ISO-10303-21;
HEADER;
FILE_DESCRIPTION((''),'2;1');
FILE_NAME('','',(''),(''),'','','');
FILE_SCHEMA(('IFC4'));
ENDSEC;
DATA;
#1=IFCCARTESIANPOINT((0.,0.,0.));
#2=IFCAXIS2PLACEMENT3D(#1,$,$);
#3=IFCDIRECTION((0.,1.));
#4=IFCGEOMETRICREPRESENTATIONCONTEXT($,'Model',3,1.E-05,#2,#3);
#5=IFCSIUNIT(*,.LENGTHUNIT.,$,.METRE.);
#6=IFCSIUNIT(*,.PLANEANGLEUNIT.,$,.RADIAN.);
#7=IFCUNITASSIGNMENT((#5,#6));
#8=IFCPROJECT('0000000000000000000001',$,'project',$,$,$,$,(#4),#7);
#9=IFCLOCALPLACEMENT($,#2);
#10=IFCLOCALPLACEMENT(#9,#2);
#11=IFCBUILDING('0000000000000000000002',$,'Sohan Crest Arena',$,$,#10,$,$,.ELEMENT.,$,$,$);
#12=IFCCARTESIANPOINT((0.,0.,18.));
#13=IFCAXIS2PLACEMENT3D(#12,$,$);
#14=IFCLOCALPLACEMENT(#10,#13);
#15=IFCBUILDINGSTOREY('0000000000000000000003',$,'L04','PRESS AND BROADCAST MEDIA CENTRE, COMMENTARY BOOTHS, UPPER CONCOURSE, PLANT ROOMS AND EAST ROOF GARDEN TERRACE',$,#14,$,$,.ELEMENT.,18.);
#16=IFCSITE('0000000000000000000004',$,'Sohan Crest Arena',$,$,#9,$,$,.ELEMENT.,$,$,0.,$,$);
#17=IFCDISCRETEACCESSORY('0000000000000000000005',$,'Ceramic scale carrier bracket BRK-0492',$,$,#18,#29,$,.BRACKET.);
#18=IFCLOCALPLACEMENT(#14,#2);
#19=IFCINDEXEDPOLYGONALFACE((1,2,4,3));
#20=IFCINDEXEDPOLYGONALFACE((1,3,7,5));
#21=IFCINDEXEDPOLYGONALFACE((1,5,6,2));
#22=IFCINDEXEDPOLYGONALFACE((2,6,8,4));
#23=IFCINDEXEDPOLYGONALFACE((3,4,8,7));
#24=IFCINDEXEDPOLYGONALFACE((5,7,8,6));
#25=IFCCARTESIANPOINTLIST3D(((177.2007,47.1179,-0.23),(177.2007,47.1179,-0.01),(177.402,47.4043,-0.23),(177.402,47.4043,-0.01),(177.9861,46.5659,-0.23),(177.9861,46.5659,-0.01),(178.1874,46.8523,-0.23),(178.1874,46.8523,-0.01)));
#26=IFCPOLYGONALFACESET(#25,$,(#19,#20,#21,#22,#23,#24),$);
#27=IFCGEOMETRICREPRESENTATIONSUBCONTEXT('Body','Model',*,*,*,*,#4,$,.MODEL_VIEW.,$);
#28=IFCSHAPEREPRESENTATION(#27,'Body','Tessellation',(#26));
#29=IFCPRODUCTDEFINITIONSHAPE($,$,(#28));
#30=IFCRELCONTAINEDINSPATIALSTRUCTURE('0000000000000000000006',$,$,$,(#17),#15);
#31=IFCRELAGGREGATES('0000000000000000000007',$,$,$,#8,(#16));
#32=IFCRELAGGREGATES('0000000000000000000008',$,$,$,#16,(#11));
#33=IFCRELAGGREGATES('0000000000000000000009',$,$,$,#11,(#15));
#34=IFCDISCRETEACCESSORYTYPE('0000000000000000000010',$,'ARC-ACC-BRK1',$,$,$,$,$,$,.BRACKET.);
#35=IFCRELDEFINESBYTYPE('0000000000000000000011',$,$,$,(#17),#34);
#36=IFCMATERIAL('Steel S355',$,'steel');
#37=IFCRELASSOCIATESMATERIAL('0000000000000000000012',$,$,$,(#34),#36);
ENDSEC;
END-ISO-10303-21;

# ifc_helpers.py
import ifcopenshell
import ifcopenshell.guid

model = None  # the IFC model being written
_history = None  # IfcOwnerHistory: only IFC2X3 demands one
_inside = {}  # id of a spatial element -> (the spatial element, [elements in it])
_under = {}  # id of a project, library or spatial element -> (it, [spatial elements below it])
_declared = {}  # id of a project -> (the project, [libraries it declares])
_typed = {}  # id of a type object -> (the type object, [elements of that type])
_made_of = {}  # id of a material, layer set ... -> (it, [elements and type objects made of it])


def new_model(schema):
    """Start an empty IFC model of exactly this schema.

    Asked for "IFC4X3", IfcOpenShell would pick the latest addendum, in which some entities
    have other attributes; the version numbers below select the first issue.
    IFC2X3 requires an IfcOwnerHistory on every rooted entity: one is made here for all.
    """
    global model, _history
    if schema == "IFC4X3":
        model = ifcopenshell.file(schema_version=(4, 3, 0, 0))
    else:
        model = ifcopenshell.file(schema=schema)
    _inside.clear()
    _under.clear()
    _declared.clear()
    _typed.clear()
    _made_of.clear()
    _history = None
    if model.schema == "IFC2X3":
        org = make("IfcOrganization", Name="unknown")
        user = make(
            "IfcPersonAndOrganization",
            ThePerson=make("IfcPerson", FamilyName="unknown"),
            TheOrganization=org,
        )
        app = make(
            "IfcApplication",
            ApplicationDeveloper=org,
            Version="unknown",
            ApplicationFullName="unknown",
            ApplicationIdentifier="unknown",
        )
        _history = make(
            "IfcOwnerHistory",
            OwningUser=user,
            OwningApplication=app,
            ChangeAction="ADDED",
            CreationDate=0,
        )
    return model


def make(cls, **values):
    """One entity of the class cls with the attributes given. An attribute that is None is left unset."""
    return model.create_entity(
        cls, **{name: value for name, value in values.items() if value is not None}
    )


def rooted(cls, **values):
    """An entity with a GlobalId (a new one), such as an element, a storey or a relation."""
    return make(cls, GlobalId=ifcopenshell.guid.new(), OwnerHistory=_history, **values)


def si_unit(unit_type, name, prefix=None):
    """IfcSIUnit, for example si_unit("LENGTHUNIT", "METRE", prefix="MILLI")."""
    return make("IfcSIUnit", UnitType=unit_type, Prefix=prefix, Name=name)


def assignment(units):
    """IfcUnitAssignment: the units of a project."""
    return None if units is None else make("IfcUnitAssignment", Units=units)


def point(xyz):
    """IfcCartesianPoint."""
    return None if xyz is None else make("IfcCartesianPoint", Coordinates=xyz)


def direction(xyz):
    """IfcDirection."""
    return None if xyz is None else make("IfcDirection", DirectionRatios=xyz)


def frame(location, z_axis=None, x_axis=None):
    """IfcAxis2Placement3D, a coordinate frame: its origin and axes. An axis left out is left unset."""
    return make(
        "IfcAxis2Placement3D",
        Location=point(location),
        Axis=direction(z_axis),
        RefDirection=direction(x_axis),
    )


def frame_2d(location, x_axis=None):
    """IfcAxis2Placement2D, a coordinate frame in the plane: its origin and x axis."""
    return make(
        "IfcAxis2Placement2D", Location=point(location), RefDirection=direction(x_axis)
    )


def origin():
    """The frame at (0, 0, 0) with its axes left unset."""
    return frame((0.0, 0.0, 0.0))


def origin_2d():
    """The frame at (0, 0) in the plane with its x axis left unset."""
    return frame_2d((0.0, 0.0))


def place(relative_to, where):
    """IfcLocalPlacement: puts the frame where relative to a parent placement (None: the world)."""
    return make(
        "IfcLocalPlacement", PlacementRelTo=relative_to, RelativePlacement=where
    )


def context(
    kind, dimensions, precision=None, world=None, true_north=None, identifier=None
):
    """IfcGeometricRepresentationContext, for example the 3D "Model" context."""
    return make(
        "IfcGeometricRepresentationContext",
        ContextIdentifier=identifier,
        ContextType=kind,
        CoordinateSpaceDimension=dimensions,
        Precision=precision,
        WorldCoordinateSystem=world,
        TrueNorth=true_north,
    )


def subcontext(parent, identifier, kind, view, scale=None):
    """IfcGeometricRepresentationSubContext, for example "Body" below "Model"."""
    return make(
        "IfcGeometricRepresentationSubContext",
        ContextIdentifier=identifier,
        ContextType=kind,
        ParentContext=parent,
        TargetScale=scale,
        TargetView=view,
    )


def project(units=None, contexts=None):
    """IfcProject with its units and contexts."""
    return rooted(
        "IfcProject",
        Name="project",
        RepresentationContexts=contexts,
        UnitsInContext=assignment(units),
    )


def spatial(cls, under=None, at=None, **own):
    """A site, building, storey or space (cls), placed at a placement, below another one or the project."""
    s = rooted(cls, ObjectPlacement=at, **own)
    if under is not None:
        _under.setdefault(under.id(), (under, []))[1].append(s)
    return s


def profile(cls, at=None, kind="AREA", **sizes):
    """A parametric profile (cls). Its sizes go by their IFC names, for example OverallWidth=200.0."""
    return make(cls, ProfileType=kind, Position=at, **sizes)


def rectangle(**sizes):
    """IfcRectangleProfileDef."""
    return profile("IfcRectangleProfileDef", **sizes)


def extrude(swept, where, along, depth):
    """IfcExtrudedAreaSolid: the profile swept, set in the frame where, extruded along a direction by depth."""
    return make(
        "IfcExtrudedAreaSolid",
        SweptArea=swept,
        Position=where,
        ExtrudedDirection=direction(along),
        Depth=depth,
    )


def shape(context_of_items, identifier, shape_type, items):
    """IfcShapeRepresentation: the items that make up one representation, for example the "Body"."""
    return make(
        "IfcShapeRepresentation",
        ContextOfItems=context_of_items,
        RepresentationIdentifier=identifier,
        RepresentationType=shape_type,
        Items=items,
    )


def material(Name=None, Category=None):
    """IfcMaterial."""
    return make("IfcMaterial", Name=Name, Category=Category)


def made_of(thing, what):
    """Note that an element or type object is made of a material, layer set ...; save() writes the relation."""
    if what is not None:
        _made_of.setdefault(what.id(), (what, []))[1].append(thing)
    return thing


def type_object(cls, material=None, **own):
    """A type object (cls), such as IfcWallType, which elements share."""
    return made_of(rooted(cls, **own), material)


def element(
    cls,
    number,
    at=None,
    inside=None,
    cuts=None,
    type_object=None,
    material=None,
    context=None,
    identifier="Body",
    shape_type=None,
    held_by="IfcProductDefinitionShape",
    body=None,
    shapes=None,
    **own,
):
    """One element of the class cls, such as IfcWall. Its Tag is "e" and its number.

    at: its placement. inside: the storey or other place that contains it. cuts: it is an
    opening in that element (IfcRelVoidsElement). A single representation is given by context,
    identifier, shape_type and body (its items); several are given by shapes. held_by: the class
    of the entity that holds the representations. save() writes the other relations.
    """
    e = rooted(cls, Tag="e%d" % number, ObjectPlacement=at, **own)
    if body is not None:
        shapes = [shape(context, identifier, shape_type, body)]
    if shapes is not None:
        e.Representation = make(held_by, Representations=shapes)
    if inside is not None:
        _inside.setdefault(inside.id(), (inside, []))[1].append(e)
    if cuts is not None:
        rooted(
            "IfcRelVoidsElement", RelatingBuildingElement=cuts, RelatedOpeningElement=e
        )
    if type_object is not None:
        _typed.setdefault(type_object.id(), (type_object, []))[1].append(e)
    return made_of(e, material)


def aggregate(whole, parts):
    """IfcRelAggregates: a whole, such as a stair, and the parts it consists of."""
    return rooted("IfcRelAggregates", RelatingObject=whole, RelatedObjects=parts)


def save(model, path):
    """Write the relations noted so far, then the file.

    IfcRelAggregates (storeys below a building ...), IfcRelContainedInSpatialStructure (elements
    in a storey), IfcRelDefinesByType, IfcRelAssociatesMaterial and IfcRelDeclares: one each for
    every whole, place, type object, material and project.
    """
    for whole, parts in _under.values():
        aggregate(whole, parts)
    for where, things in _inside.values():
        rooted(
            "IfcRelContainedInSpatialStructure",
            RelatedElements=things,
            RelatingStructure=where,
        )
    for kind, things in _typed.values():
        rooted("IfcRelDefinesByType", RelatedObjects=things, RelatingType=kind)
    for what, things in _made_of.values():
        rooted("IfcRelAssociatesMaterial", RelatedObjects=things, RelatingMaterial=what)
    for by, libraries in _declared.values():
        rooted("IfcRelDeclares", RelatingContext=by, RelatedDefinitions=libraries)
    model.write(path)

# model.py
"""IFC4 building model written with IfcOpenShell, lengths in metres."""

from ifc_helpers import new_model, si_unit, direction, frame, origin, origin_2d, place, context, subcontext, project, spatial, rectangle, extrude, material, type_object, element, save


model = new_model("IFC4")

# Units and contexts
model_context = context("Model", 3, precision=1e-05, world=origin(), true_north=direction((0.0, 1.0)))
body_context = subcontext(model_context, "Body", "Model", "MODEL_VIEW")
ifc_project = project(units=[si_unit("LENGTHUNIT", "METRE"), si_unit("PLANEANGLEUNIT", "RADIAN")], contexts=[model_context])

# Site, building, storey
site_placement = place(None, origin())
site = spatial("IfcSite", under=ifc_project, at=site_placement, Name="Sohan Crest Arena", CompositionType="ELEMENT", RefElevation=0.0)
building_placement = place(site_placement, origin())
building = spatial("IfcBuilding", under=site, at=building_placement, Name="Sohan Crest Arena", CompositionType="ELEMENT")
storey_placement = place(building_placement, frame((0.0, 0.0, 18.0)))
storey = spatial("IfcBuildingStorey", under=building, at=storey_placement, Name="L04", Description="PRESS AND BROADCAST MEDIA CENTRE, COMMENTARY BOOTHS, UPPER CONCOURSE, PLANT ROOMS AND EAST ROOF GARDEN TERRACE", CompositionType="ELEMENT", Elevation=18.0)

# Shared definitions
ifc_material_1 = material(Name="Steel S355", Category="steel")

# Discrete accessory
discrete_accessory_type = type_object("IfcDiscreteAccessoryType", Name="ARC-ACC-BRK1", PredefinedType="BRACKET", material=ifc_material_1)
for number, where, z_axis, x_axis, name in (
    (1, (177.6941, 46.9851, -0.23), (0.0, 0.0, 1.0), (0.575005, 0.81815, 0.0), "Ceramic scale carrier bracket BRK-0492"),
):
    element("IfcDiscreteAccessory", number, at=place(storey_placement, frame(where, z_axis=z_axis, x_axis=x_axis)), inside=storey, type_object=discrete_accessory_type, Name=name, PredefinedType="BRACKET", context=body_context, shape_type="SweptSolid", body=[
        extrude(rectangle(XDim=0.3501, YDim=0.96, at=origin_2d()), origin(), (0.0, 0.0, 1.0), 0.22),
    ])

save(model, "model.ifc")
